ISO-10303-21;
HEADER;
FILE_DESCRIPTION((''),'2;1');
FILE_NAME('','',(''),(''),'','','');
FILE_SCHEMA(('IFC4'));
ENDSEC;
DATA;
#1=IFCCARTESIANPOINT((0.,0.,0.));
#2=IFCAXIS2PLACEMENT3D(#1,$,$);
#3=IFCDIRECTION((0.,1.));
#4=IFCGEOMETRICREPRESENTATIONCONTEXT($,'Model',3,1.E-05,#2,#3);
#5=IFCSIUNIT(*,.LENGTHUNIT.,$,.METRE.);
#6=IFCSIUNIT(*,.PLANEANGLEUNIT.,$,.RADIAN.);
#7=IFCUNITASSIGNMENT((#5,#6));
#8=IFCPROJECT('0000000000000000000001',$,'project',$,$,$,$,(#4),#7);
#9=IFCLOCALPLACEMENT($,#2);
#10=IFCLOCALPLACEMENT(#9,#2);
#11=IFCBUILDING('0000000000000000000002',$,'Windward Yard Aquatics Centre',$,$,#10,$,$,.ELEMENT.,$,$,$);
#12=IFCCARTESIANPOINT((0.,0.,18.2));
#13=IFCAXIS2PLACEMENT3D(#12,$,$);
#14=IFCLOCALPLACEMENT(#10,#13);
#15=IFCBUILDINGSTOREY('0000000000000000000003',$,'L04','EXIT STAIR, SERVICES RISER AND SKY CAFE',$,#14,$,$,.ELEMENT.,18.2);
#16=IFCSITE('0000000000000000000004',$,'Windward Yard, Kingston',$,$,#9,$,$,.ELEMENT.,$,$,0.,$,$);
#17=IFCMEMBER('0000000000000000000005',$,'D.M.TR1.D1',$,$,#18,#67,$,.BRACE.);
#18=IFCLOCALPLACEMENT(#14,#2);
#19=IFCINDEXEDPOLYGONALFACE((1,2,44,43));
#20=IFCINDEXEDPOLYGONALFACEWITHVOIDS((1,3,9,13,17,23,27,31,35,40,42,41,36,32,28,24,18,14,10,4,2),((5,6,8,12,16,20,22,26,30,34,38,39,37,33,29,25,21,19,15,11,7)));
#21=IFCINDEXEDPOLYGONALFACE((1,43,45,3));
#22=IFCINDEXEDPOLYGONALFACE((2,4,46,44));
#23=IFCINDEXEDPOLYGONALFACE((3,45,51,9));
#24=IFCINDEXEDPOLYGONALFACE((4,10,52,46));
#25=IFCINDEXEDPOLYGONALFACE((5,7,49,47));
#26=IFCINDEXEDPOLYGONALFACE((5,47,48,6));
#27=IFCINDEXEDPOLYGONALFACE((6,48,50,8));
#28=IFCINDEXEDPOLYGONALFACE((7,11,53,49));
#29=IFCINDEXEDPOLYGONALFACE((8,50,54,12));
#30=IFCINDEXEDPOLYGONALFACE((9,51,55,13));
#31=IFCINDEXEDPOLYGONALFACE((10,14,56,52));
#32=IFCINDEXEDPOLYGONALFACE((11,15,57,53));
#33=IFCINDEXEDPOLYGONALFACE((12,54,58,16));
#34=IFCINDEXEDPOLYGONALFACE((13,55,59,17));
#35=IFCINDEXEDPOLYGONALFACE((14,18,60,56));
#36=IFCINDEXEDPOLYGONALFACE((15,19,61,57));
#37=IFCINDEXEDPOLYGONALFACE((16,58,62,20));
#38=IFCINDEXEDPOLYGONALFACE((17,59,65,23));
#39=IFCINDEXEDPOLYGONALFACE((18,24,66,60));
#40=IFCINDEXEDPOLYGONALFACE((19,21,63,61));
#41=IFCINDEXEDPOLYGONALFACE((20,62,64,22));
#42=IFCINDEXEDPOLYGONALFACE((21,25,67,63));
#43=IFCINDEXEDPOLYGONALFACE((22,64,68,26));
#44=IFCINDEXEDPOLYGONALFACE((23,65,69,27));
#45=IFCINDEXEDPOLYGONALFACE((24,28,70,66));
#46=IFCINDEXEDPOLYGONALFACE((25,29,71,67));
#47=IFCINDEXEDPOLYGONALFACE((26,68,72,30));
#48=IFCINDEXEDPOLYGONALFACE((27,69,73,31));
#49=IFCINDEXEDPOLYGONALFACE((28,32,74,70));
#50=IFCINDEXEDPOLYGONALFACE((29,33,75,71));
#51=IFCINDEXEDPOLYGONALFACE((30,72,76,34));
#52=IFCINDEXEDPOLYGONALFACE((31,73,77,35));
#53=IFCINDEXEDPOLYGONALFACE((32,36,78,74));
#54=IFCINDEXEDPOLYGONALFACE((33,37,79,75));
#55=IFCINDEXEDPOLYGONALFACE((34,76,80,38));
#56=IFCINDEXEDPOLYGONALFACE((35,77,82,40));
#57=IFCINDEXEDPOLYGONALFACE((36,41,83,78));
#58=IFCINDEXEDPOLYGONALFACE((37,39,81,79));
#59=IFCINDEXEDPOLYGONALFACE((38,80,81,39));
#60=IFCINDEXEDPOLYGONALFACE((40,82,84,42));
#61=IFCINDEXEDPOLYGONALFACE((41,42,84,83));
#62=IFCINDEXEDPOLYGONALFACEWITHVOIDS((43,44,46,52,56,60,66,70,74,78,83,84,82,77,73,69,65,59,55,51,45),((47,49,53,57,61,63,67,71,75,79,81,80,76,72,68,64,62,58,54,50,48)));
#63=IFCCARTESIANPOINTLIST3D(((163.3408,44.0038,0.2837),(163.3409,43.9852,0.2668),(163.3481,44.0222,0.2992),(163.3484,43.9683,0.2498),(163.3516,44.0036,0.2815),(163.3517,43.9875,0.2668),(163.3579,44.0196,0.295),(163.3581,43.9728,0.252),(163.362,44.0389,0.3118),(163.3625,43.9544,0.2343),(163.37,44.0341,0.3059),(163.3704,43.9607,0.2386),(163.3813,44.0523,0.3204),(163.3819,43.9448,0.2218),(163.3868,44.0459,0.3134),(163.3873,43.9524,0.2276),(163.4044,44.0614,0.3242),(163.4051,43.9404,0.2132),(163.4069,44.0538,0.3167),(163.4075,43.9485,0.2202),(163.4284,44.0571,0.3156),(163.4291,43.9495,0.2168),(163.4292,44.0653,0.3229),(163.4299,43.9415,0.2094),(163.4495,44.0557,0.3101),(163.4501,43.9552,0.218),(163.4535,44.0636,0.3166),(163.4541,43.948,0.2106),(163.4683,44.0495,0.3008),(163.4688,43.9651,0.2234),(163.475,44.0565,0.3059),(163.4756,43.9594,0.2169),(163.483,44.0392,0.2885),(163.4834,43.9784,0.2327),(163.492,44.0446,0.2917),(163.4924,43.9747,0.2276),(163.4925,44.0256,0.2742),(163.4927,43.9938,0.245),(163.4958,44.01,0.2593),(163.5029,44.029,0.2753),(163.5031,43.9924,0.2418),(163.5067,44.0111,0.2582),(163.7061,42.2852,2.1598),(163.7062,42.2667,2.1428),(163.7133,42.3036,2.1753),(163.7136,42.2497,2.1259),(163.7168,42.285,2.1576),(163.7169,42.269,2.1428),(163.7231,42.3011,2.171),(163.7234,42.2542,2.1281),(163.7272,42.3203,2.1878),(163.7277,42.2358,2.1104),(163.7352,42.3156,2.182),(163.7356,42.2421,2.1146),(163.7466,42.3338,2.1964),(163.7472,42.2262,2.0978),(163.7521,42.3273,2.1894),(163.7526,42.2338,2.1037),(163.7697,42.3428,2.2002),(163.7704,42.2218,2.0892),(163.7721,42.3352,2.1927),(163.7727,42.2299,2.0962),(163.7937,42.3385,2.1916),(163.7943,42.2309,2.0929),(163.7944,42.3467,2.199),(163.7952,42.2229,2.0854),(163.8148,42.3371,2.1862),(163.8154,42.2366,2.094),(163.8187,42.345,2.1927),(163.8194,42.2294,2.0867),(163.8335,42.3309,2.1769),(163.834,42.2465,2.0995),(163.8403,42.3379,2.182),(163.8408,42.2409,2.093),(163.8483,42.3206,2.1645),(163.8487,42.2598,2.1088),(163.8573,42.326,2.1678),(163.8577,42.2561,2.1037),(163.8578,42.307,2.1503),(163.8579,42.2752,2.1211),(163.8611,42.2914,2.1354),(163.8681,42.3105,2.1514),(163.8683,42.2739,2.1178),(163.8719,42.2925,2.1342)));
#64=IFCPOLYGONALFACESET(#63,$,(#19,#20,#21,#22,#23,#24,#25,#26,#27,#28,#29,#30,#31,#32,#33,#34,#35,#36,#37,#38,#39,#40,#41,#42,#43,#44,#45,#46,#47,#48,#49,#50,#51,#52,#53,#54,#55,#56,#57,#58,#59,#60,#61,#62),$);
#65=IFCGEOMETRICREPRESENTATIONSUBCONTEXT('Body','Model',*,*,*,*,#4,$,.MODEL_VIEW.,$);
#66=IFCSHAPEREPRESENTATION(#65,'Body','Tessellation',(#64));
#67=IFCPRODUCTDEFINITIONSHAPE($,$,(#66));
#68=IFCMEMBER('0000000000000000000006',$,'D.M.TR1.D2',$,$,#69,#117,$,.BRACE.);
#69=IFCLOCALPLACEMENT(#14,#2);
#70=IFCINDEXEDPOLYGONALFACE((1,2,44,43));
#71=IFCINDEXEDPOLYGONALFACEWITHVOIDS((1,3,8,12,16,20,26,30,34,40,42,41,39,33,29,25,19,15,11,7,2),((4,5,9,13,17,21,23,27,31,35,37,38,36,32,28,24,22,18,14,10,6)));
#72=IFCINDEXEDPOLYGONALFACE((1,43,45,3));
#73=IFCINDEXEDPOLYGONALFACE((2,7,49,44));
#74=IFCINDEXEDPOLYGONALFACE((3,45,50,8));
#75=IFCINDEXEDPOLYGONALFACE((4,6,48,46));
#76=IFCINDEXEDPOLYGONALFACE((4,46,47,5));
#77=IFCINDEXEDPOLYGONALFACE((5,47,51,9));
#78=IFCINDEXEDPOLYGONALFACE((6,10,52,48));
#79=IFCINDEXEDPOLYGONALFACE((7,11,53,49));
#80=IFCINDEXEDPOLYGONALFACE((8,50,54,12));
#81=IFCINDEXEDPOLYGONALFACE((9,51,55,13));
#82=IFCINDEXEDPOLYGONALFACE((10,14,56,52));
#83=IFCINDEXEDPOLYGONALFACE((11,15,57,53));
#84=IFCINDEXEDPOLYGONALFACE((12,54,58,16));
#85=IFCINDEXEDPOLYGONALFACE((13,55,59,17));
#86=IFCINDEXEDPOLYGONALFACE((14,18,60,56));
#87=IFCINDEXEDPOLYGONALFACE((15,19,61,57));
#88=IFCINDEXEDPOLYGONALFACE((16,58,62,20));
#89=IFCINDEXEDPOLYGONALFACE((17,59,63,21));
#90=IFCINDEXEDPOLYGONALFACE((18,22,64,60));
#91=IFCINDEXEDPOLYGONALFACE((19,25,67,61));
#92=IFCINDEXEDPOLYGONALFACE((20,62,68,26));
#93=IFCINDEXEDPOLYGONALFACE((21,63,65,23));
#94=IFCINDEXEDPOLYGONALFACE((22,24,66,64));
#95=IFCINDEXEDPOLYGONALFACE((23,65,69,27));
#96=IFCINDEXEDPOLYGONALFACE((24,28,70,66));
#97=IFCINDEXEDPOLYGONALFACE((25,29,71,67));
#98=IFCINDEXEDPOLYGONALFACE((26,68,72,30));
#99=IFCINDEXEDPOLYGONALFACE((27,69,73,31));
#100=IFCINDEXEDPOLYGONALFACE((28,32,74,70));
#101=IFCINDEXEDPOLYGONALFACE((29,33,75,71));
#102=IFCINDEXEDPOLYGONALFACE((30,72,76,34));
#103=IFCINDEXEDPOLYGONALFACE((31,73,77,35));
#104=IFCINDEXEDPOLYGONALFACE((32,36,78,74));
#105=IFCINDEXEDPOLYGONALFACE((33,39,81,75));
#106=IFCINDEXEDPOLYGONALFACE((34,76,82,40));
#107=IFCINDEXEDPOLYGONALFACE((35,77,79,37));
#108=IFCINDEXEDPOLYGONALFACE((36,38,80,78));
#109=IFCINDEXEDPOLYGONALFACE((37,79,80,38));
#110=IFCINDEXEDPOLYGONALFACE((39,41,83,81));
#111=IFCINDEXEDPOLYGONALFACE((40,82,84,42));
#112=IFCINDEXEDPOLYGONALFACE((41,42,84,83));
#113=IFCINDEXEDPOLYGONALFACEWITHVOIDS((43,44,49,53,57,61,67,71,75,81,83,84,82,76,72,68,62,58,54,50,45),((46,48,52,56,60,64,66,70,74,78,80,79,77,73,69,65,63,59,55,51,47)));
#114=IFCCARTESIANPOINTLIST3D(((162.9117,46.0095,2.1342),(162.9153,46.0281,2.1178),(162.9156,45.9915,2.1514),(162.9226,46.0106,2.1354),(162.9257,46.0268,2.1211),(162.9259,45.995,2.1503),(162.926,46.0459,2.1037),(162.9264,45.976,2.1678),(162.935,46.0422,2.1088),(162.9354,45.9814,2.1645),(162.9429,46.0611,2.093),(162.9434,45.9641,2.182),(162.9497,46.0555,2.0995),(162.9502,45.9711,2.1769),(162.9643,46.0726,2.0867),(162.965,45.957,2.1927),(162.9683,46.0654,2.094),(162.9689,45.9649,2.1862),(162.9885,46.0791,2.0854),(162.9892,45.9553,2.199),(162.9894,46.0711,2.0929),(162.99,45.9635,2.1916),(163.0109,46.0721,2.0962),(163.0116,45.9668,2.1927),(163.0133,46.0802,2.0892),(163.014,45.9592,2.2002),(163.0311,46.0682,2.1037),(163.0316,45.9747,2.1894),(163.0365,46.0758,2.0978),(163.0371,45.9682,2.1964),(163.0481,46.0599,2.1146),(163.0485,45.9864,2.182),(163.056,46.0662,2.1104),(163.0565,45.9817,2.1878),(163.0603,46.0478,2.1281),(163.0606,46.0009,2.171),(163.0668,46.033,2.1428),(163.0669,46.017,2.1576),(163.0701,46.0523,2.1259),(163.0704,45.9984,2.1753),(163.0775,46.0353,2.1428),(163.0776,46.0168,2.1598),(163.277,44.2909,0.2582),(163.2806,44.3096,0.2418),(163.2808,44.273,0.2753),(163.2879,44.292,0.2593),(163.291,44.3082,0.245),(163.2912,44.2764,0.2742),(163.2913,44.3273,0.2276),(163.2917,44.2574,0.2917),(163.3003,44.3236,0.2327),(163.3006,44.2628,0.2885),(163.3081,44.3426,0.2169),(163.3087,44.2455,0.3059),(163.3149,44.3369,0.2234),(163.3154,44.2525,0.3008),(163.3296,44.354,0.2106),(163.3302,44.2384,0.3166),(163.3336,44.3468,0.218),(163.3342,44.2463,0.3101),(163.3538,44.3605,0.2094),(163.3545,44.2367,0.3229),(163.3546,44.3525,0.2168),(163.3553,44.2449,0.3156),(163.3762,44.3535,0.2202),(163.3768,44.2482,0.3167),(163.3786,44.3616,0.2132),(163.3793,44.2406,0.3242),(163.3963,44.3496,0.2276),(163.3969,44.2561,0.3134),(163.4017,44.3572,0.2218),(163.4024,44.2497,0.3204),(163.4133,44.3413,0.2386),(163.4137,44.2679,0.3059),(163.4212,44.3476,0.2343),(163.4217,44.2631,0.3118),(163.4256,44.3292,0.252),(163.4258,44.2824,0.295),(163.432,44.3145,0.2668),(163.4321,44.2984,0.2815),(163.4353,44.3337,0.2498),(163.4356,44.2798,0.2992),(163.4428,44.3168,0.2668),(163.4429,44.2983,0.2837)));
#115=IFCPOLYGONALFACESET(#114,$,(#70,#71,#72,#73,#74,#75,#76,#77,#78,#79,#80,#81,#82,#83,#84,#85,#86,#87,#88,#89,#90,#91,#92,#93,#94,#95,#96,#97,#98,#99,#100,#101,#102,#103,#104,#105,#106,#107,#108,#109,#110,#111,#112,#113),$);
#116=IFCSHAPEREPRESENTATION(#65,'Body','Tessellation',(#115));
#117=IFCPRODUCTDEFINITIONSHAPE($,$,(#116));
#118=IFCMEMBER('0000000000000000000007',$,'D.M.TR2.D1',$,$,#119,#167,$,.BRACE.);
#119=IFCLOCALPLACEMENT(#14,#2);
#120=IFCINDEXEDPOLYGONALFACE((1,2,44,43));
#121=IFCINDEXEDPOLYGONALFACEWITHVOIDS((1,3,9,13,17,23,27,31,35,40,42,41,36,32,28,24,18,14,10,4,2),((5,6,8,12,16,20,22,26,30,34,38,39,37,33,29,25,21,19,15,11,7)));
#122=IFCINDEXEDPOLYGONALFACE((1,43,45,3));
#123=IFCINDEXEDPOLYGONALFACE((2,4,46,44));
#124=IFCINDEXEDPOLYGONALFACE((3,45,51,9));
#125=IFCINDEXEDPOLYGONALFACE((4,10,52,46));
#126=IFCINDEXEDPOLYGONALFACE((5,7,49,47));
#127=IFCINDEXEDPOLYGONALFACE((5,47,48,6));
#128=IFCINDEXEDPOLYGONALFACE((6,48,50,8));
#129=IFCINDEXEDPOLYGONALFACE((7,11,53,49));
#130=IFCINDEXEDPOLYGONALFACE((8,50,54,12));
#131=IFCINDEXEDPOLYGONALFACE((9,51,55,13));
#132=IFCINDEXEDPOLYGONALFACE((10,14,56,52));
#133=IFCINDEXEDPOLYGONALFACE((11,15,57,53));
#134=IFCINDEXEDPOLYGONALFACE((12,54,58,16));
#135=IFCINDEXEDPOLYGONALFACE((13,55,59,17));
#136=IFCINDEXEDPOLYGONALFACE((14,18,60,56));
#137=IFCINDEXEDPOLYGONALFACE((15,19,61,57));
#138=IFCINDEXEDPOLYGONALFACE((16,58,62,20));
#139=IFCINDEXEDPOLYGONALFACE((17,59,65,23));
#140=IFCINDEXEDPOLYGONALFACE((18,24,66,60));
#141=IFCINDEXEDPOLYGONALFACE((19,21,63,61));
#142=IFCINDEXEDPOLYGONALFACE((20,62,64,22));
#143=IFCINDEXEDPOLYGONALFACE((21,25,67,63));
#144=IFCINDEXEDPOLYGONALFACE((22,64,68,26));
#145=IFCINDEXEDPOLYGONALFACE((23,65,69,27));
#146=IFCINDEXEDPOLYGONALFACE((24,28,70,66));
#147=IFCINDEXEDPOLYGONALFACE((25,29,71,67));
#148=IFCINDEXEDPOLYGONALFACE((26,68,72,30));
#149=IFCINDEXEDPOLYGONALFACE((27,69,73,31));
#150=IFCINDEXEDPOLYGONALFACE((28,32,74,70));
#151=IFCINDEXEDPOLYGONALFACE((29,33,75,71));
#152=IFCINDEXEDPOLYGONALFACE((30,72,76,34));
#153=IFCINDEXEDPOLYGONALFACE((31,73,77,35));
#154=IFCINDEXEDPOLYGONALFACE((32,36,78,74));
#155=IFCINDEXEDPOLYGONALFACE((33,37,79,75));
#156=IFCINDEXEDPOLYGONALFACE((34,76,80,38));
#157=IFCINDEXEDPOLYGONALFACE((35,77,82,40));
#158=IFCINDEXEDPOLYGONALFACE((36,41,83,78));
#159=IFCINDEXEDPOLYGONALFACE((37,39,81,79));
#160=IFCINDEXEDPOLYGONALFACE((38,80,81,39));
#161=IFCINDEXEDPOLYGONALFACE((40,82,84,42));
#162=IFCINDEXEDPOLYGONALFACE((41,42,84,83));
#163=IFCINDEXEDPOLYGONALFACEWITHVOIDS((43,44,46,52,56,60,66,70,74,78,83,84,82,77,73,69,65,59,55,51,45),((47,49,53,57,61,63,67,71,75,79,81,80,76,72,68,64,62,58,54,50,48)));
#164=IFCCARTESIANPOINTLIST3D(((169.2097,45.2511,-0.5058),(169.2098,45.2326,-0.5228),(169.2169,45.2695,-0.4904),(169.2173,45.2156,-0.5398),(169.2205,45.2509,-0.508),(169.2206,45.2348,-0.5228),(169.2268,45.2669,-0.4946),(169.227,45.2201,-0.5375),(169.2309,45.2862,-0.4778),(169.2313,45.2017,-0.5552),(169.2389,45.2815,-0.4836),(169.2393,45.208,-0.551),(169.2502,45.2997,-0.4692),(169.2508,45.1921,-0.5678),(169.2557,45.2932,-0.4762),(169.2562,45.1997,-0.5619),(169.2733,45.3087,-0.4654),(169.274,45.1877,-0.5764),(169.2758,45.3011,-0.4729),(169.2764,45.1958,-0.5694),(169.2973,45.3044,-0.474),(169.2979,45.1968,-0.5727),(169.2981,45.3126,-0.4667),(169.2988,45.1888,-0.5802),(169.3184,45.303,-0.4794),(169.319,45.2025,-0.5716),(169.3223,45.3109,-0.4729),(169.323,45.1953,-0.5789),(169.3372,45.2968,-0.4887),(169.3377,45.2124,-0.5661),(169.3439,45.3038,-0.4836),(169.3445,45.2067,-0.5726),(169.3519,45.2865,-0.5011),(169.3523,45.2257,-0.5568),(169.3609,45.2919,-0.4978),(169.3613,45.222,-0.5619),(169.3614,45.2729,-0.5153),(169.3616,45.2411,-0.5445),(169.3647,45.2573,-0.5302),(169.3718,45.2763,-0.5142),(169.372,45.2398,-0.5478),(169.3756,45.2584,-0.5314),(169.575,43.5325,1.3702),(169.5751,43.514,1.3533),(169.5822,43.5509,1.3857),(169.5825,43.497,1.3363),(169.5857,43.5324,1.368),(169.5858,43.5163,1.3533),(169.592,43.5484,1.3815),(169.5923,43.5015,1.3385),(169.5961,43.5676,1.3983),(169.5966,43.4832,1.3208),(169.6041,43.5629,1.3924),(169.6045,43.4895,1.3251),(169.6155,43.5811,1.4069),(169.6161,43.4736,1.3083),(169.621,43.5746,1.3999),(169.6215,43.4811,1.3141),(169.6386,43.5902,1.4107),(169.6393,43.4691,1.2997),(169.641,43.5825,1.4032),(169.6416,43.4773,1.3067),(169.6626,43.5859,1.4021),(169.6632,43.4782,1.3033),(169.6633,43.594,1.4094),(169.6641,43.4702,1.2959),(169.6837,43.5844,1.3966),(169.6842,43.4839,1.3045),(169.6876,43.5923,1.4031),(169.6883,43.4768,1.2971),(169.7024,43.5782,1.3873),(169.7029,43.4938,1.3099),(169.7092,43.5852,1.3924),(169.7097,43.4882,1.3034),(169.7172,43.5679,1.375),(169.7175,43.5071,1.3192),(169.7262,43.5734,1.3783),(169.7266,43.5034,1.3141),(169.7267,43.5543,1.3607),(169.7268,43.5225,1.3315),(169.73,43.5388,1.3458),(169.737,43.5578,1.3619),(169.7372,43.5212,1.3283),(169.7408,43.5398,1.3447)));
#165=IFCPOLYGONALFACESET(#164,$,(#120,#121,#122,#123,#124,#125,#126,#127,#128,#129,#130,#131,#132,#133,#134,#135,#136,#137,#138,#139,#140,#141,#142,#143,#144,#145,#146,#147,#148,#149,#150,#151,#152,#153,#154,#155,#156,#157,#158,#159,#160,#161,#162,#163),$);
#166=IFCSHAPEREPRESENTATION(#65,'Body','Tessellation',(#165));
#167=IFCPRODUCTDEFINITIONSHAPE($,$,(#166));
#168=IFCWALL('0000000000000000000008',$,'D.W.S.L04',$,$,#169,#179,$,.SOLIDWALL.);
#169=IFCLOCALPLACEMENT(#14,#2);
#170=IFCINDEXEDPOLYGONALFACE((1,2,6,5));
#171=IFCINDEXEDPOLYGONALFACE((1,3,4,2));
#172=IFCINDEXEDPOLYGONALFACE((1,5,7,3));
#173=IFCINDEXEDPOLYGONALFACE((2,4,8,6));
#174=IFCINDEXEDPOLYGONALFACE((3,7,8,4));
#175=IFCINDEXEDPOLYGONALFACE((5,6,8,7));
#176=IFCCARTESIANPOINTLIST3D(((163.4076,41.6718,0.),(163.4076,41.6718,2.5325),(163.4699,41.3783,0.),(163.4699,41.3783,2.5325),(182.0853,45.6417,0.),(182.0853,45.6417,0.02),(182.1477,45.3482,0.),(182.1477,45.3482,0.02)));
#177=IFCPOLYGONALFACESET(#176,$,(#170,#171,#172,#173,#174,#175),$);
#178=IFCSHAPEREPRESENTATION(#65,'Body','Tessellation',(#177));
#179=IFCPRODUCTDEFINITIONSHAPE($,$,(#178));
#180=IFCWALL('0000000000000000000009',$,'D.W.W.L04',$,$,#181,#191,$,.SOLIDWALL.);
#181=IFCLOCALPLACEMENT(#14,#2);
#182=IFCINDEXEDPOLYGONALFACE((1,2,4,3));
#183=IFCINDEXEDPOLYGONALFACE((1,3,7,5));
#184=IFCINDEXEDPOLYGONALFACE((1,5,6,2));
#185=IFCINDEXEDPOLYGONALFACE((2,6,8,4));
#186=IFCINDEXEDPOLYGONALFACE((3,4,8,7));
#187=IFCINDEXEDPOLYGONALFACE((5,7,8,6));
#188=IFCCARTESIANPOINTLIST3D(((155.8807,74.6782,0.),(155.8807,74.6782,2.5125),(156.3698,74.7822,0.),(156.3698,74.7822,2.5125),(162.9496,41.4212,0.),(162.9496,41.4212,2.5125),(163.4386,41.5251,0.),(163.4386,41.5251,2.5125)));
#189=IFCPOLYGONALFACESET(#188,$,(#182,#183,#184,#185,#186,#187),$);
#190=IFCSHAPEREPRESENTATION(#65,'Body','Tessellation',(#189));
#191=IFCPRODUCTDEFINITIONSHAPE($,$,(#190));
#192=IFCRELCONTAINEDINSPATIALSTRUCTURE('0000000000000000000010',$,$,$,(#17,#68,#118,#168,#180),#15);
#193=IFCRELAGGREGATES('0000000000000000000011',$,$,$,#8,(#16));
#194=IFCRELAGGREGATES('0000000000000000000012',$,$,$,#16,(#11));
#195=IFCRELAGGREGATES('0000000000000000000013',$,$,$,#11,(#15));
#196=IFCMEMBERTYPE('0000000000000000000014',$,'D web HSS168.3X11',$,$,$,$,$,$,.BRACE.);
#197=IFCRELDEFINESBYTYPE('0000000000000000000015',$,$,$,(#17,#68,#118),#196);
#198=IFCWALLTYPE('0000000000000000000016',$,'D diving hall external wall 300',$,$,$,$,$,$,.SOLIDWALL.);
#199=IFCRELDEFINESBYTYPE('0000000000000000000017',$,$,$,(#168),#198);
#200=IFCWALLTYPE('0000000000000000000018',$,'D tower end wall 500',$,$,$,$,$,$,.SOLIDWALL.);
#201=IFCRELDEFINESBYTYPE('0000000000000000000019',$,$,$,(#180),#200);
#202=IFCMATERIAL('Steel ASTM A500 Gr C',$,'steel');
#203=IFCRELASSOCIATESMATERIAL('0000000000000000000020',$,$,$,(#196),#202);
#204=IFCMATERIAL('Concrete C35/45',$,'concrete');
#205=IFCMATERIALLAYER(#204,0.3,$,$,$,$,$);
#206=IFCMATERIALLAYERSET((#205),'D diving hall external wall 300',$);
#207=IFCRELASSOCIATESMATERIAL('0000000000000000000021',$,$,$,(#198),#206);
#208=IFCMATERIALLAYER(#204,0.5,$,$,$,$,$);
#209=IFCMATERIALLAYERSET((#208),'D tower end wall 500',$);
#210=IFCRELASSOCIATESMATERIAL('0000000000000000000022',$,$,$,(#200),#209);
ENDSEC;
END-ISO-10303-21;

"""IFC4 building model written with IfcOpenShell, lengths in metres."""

from ifc_helpers import new_model, si_unit, direction, frame, frame_2d, origin, origin_2d, place, context, subcontext, project, spatial, polyline, rectangle, hollow_circle, outline, extrude, material, layer, layer_set, material_profile, profile_set, type_object, element, save


model = new_model("IFC4")

# Units and contexts
model_context = context("Model", 3, precision=1e-05, world=origin(), true_north=direction((0.0, 1.0)))
body_context = subcontext(model_context, "Body", "Model", "MODEL_VIEW")
ifc_project = project(units=[si_unit("LENGTHUNIT", "METRE"), si_unit("PLANEANGLEUNIT", "RADIAN")], contexts=[model_context])

# Site, building, storey
site_placement = place(None, origin())
site = spatial("IfcSite", under=ifc_project, at=site_placement, Name="Windward Yard, Kingston", CompositionType="ELEMENT", RefElevation=0.0)
building_placement = place(site_placement, origin())
building = spatial("IfcBuilding", under=site, at=building_placement, Name="Windward Yard Aquatics Centre", CompositionType="ELEMENT")
storey_placement = place(building_placement, frame((0.0, 0.0, 18.2)))
storey = spatial("IfcBuildingStorey", under=building, at=storey_placement, Name="L04", Description="EXIT STAIR, SERVICES RISER AND SKY CAFE", CompositionType="ELEMENT", Elevation=18.2)

# Shared definitions
ifc_material_1 = material(Name="Steel ASTM A500 Gr C", Category="steel")

# Members
ifc_material_profile_1 = material_profile(ifc_material_1, hollow_circle(Radius=0.0842, WallThickness=0.011, at=origin_2d()), Name="HSS168.3X11")
ifc_profile_set_1 = profile_set([ifc_material_profile_1], Name="Steel ASTM A500 Gr C")
member_type_1 = type_object("IfcMemberType", Name="D web HSS168.3X11", PredefinedType="BRACE", material=ifc_profile_set_1)
for number, where, z_axis, x_axis, name in (
    (1, (163.7886, 42.2842, 2.1428), (-0.142103, 0.668626, -0.729894), (-0.978153, -0.207887, 0.0), "D.M.TR1.D1"),
    (2, (162.9951, 46.0178, 2.1428), (0.142103, -0.668626, -0.729894), (0.978153, 0.207887, 0.0), "D.M.TR1.D2"),
    (3, (169.6575, 43.5315, 1.3533), (-0.142103, 0.668626, -0.729894), (-0.978153, -0.207887, 0.0), "D.M.TR2.D1"),
):
    element("IfcMember", number, at=place(storey_placement, frame(where, z_axis=z_axis, x_axis=x_axis)), inside=storey, type_object=member_type_1, Name=name, PredefinedType="BRACE", context=body_context, shape_type="SweptSolid", body=[
        extrude(hollow_circle(Radius=0.0842, WallThickness=0.011, at=origin_2d()), origin(), (0.0, 0.0, 1.0), 2.5703),
    ])

# Walls
ifc_material_2 = material(Name="Concrete C35/45", Category="concrete")
ifc_layer_1 = layer(ifc_material_2, 0.3)
ifc_layer_set_1 = layer_set([ifc_layer_1], Name="D diving hall external wall 300")
wall_type_1 = type_object("IfcWallType", Name="D diving hall external wall 300", PredefinedType="SOLIDWALL", material=ifc_layer_set_1)
wall_1_placement = place(storey_placement, frame((163.4387, 41.5251, 0.0), z_axis=(0.0, 0.0, 1.0), x_axis=(0.978149, 0.207906, 0.0)))
element("IfcWall", 4, at=wall_1_placement, inside=storey, type_object=wall_type_1, Name="D.W.S.L04", PredefinedType="SOLIDWALL", context=body_context, shape_type="SweptSolid", body=[
    extrude(outline(polyline([(0.0, 0.0), (19.095, 0.0), (19.095, 0.02), (0.0, 2.5325), (0.0, 0.0)])), frame((0.0, 0.1499, 0.0), z_axis=(0.0, -1.0, 0.0), x_axis=(1.0, 0.0, 0.0)), (0.0, 0.0, 1.0), 0.3),
])
ifc_layer_2 = layer(ifc_material_2, 0.5)
ifc_layer_set_2 = layer_set([ifc_layer_2], Name="D tower end wall 500")
wall_type_2 = type_object("IfcWallType", Name="D tower end wall 500", PredefinedType="SOLIDWALL", material=ifc_layer_set_2)
wall_2_placement = place(storey_placement, frame((163.1941, 41.4731, 0.0), z_axis=(0.0, 0.0, 1.0), x_axis=(-0.207907, 0.978149, 0.0)))
element("IfcWall", 5, at=wall_2_placement, inside=storey, type_object=wall_type_2, Name="D.W.W.L04", PredefinedType="SOLIDWALL", context=body_context, shape_type="SweptSolid", body=[
    extrude(rectangle(XDim=34.0, YDim=0.5, at=frame_2d((17.0, 0.0))), origin(), (0.0, 0.0, 1.0), 2.5125),
])

save(model, "model.ifc")
